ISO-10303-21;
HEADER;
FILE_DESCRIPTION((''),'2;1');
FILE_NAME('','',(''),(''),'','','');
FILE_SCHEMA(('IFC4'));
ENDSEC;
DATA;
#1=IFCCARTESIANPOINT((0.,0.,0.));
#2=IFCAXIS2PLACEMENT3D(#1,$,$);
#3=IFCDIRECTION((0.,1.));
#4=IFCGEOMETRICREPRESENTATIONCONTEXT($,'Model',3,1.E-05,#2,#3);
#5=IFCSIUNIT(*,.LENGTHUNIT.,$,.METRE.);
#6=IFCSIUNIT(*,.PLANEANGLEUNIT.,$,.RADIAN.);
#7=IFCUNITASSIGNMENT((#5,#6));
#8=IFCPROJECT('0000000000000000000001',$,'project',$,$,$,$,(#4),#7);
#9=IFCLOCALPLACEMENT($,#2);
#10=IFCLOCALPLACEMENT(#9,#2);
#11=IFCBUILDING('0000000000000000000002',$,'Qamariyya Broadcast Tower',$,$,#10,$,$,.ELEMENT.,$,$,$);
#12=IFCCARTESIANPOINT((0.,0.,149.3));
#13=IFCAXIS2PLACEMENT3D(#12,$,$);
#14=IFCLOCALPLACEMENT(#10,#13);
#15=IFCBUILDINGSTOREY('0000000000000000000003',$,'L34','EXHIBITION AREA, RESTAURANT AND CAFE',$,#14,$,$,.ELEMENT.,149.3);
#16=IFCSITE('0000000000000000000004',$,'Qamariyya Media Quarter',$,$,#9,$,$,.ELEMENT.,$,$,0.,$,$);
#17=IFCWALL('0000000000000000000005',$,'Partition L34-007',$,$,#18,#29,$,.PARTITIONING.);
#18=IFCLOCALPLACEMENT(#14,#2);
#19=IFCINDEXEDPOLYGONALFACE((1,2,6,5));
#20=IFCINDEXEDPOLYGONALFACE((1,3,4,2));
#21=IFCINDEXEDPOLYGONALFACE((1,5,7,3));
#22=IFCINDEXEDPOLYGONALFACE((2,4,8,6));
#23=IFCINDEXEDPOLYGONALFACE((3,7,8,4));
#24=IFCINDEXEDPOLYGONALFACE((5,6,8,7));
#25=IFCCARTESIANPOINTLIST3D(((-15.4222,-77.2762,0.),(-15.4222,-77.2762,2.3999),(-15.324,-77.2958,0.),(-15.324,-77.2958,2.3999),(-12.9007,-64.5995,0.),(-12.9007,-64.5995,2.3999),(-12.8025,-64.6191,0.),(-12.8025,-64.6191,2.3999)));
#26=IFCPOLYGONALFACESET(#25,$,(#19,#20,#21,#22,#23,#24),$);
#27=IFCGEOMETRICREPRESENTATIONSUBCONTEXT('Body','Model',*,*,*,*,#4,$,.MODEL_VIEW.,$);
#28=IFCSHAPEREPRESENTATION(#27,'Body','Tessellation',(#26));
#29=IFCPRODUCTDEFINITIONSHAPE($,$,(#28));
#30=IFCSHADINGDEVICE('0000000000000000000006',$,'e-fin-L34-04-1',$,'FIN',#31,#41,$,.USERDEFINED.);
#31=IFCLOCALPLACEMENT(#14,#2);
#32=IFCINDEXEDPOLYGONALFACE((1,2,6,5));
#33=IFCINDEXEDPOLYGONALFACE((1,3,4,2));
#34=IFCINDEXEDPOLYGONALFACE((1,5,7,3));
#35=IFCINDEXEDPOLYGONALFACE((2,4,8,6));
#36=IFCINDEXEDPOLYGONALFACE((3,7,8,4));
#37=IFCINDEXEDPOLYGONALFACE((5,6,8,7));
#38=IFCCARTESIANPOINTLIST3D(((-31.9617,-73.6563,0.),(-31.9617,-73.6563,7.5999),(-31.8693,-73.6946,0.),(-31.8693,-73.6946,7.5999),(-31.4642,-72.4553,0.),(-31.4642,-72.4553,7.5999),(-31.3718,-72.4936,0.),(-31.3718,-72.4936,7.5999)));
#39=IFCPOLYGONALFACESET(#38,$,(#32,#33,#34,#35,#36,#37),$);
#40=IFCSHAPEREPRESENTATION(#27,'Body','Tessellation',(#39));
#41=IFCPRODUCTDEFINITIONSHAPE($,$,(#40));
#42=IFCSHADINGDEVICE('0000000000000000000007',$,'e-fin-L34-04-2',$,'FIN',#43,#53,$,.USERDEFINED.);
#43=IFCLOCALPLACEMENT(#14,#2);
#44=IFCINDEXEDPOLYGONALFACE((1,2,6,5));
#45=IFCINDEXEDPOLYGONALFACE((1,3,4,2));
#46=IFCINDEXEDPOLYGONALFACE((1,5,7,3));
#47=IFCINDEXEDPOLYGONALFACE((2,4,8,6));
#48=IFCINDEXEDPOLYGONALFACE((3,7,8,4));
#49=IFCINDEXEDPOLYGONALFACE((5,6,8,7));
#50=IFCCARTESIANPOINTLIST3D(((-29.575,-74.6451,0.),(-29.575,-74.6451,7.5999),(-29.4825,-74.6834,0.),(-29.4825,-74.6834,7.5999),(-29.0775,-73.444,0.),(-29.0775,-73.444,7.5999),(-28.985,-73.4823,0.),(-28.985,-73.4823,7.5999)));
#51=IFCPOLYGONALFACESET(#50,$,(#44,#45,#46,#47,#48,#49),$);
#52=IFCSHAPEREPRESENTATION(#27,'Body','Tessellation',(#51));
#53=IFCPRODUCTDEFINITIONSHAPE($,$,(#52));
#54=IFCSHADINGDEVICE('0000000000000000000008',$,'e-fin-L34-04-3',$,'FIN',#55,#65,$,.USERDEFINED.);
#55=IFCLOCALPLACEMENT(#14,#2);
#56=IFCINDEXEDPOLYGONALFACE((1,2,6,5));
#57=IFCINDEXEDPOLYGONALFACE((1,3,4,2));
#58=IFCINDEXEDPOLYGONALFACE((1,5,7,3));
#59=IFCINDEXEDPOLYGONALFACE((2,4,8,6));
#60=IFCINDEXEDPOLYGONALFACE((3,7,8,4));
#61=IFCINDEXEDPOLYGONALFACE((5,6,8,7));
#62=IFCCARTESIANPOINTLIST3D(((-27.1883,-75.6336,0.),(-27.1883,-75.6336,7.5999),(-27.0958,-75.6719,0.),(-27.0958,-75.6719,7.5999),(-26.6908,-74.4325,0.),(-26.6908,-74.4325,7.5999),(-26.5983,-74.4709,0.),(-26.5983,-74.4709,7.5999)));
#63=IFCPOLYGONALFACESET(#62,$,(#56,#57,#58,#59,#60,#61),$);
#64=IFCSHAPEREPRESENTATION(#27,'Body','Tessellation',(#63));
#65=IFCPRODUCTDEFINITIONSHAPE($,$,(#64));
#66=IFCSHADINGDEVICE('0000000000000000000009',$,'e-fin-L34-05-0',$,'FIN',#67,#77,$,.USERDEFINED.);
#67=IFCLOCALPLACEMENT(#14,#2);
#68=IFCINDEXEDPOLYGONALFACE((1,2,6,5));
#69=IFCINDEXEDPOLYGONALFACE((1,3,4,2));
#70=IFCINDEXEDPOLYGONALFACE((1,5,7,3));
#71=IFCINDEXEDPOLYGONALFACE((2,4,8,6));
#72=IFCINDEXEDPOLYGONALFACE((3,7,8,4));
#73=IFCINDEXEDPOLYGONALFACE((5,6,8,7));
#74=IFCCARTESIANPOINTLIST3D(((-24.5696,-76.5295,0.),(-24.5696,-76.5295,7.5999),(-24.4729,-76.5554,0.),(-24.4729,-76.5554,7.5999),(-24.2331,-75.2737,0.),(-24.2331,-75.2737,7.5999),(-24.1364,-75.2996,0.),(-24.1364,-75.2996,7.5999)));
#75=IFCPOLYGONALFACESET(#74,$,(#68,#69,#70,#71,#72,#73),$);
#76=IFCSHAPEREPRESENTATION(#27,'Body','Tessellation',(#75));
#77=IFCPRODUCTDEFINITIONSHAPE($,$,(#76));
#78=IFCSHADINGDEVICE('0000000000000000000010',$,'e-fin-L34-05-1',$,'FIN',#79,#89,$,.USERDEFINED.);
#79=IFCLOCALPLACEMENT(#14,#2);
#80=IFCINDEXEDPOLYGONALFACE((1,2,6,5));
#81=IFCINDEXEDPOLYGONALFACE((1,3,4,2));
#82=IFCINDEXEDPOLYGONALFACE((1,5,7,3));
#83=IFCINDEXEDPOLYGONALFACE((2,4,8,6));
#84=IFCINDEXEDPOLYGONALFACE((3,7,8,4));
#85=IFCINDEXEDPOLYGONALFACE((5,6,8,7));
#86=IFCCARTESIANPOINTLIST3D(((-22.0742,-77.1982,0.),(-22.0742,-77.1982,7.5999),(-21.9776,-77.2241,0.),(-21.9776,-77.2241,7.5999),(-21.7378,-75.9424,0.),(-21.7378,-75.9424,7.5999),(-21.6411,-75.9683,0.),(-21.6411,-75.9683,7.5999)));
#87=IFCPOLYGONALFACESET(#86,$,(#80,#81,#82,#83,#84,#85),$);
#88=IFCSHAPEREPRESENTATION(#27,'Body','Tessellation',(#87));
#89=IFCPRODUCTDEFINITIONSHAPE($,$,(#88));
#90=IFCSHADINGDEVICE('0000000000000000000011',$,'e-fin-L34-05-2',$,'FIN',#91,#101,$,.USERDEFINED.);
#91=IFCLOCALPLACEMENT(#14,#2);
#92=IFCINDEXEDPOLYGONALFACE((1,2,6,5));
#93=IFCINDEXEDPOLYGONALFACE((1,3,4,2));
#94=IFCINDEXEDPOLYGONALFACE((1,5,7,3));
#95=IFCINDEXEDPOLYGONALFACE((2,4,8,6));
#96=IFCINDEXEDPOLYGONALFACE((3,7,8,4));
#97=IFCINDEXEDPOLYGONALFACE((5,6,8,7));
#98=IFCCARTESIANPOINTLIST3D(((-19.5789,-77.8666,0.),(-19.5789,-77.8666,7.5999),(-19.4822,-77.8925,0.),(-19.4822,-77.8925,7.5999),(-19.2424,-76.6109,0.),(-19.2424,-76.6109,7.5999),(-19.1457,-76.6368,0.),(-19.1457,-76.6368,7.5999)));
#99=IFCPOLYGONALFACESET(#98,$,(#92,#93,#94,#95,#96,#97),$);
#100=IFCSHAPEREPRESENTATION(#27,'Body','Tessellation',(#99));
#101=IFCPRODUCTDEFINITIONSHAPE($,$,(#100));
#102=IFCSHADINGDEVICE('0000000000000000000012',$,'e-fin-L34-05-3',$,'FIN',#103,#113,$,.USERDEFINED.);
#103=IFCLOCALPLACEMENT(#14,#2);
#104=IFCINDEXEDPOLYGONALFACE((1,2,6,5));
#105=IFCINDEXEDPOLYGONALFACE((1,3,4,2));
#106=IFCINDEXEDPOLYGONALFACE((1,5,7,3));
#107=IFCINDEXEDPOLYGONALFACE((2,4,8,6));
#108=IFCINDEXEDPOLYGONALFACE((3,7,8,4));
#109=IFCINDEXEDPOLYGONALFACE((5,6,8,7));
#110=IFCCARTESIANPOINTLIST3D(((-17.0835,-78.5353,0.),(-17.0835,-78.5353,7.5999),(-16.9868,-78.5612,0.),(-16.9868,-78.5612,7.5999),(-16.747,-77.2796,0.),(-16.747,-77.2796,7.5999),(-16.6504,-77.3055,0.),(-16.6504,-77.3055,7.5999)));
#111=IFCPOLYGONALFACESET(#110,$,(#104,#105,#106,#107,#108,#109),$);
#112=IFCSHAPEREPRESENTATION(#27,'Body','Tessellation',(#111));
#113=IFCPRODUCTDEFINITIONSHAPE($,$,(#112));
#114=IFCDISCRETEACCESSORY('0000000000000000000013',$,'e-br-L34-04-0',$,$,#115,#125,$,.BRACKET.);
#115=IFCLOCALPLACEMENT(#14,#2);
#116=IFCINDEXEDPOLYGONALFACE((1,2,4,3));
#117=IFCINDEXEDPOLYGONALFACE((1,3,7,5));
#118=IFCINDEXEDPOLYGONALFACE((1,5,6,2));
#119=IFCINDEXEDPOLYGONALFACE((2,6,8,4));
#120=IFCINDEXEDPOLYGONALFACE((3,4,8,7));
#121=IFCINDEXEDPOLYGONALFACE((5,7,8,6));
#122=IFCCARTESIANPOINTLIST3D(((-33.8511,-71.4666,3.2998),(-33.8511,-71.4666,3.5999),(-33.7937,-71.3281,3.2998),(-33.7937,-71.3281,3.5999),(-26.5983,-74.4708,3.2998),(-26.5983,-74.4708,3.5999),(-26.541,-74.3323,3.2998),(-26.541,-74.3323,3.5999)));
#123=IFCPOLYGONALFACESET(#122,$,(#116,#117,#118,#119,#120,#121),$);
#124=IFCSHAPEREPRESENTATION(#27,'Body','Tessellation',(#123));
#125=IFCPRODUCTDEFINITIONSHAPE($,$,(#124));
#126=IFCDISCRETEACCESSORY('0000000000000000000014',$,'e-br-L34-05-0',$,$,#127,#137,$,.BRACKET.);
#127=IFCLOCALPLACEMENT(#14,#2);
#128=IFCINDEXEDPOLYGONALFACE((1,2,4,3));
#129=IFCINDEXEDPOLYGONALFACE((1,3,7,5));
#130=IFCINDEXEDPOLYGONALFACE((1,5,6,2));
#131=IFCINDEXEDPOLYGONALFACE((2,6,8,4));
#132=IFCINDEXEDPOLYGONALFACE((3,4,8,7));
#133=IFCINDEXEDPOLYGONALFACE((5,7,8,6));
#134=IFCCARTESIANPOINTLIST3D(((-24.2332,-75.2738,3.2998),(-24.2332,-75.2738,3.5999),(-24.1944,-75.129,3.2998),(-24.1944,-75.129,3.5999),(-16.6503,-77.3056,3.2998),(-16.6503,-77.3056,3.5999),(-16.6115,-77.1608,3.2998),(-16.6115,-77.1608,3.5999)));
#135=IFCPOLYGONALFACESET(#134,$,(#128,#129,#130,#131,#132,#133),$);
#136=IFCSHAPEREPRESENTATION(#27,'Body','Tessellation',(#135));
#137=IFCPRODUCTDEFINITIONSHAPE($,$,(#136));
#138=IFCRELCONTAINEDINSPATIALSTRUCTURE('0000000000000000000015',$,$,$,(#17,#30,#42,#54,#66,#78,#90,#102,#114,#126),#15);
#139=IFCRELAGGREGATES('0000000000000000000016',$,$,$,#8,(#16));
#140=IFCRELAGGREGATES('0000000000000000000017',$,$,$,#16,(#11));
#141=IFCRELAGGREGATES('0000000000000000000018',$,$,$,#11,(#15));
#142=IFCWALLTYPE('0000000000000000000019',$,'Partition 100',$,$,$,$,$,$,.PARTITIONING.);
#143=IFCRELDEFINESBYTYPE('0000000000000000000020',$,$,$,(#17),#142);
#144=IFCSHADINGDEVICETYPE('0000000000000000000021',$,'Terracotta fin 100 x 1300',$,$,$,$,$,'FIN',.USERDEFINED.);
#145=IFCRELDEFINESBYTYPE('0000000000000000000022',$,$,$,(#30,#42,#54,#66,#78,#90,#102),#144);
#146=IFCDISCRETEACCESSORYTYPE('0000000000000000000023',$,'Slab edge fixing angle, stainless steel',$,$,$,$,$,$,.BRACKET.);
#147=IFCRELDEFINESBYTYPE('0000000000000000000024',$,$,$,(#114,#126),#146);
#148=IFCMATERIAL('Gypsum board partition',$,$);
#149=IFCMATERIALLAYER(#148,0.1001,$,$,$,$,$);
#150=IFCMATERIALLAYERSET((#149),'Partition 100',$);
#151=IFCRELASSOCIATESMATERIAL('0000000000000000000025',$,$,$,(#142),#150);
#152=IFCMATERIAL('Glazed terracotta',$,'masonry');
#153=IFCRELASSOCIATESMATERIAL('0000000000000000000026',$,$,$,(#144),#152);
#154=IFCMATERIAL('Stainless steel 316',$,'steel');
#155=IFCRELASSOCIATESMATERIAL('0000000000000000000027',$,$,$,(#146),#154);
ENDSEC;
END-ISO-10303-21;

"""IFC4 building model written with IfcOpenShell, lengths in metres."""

from ifc_helpers import new_model, si_unit, direction, frame, frame_2d, origin, origin_2d, place, context, subcontext, project, spatial, rectangle, extrude, material, layer, layer_set, material_profile, profile_set, type_object, element, save


model = new_model("IFC4")

# Units and contexts
model_context = context("Model", 3, precision=1e-05, world=origin(), true_north=direction((0.0, 1.0)))
body_context = subcontext(model_context, "Body", "Model", "MODEL_VIEW")
ifc_project = project(units=[si_unit("LENGTHUNIT", "METRE"), si_unit("PLANEANGLEUNIT", "RADIAN")], contexts=[model_context])

# Site, building, storey
site_placement = place(None, origin())
site = spatial("IfcSite", under=ifc_project, at=site_placement, Name="Qamariyya Media Quarter", CompositionType="ELEMENT", RefElevation=0.0)
building_placement = place(site_placement, origin())
building = spatial("IfcBuilding", under=site, at=building_placement, Name="Qamariyya Broadcast Tower", CompositionType="ELEMENT")
storey_placement = place(building_placement, frame((0.0, 0.0, 149.3)))
storey = spatial("IfcBuildingStorey", under=building, at=storey_placement, Name="L34", Description="EXHIBITION AREA, RESTAURANT AND CAFE", CompositionType="ELEMENT", Elevation=149.3)

# Shared definitions
ifc_material_1 = material(Name="Gypsum board partition")

# Wall
ifc_layer_1 = layer(ifc_material_1, 0.1001)
ifc_layer_set_1 = layer_set([ifc_layer_1], Name="Partition 100")
wall_type_1 = type_object("IfcWallType", Name="Partition 100", PredefinedType="PARTITIONING", material=ifc_layer_set_1)
wall_1_placement = place(storey_placement, frame((-15.373, -77.2859, 0.0), z_axis=(0.0, 0.0, 1.0), x_axis=(0.195084, 0.980786, 0.0)))
element("IfcWall", 1, at=wall_1_placement, inside=storey, type_object=wall_type_1, Name="Partition L34-007", PredefinedType="PARTITIONING", context=body_context, shape_type="SweptSolid", body=[
    extrude(rectangle(XDim=12.925, YDim=0.1001, at=frame_2d((6.4624, 0.0))), origin(), (0.0, 0.0, 1.0), 2.3999),
])

# Shading devices
ifc_material_2 = material(Name="Glazed terracotta", Category="masonry")
ifc_material_profile_1 = material_profile(ifc_material_2, rectangle(XDim=1.3, YDim=0.1001, at=origin_2d()))
ifc_profile_set_1 = profile_set([ifc_material_profile_1], Name="Glazed terracotta")
shading_device_type_1 = type_object("IfcShadingDeviceType", Name="Terracotta fin 100 x 1300", ElementType="FIN", PredefinedType="USERDEFINED", material=ifc_profile_set_1)
for number, where, z_axis, x_axis, name in (
    (2, (-31.6667, -73.075, 0.0), (0.0, 0.0, 1.0), (-0.382683, -0.92388, 0.0), "e-fin-L34-04-1"),
    (3, (-29.28, -74.0637, 0.0), (0.0, 0.0, 1.0), (-0.382683, -0.92388, 0.0), "e-fin-L34-04-2"),
    (4, (-26.8933, -75.0522, 0.0), (0.0, 0.0, 1.0), (-0.382683, -0.92388, 0.0), "e-fin-L34-04-3"),
    (5, (-24.353, -75.9146, 0.0), (0.0, 0.0, 1.0), (-0.258819, -0.965926, 0.0), "e-fin-L34-05-0"),
    (6, (-21.8577, -76.5833, 0.0), (0.0, 0.0, 1.0), (-0.258819, -0.965926, 0.0), "e-fin-L34-05-1"),
    (7, (-19.3623, -77.2517, 0.0), (0.0, 0.0, 1.0), (-0.258819, -0.965926, 0.0), "e-fin-L34-05-2"),
    (8, (-16.8669, -77.9204, 0.0), (0.0, 0.0, 1.0), (-0.258819, -0.965926, 0.0), "e-fin-L34-05-3"),
):
    element("IfcShadingDevice", number, at=place(storey_placement, frame(where, z_axis=z_axis, x_axis=x_axis)), inside=storey, type_object=shading_device_type_1, Name=name, ObjectType="FIN", PredefinedType="USERDEFINED", context=body_context, shape_type="SweptSolid", body=[
        extrude(rectangle(XDim=1.3, YDim=0.1001, at=origin_2d()), origin(), (0.0, 0.0, 1.0), 7.5999),
    ])

# Discrete accessories
ifc_material_3 = material(Name="Stainless steel 316", Category="steel")
discrete_accessory_type = type_object("IfcDiscreteAccessoryType", Name="Slab edge fixing angle, stainless steel", PredefinedType="BRACKET", material=ifc_material_3)
for number, where, z_axis, x_axis, name in (
    (9, (-30.196, -72.8994, 3.2998), (0.0, 0.0, 1.0), (0.92388, -0.382683, 0.0), "e-br-L34-04-0"),
    (10, (-20.4224, -76.2173, 3.2998), (0.0, 0.0, 1.0), (0.965926, -0.258819, 0.0), "e-br-L34-05-0"),
):
    element("IfcDiscreteAccessory", number, at=place(storey_placement, frame(where, z_axis=z_axis, x_axis=x_axis)), inside=storey, type_object=discrete_accessory_type, Name=name, PredefinedType="BRACKET", context=body_context, shape_type="SweptSolid", body=[
        extrude(rectangle(XDim=7.8503, YDim=0.1499, at=origin_2d()), origin(), (0.0, 0.0, 1.0), 0.3),
    ])

save(model, "model.ifc")
